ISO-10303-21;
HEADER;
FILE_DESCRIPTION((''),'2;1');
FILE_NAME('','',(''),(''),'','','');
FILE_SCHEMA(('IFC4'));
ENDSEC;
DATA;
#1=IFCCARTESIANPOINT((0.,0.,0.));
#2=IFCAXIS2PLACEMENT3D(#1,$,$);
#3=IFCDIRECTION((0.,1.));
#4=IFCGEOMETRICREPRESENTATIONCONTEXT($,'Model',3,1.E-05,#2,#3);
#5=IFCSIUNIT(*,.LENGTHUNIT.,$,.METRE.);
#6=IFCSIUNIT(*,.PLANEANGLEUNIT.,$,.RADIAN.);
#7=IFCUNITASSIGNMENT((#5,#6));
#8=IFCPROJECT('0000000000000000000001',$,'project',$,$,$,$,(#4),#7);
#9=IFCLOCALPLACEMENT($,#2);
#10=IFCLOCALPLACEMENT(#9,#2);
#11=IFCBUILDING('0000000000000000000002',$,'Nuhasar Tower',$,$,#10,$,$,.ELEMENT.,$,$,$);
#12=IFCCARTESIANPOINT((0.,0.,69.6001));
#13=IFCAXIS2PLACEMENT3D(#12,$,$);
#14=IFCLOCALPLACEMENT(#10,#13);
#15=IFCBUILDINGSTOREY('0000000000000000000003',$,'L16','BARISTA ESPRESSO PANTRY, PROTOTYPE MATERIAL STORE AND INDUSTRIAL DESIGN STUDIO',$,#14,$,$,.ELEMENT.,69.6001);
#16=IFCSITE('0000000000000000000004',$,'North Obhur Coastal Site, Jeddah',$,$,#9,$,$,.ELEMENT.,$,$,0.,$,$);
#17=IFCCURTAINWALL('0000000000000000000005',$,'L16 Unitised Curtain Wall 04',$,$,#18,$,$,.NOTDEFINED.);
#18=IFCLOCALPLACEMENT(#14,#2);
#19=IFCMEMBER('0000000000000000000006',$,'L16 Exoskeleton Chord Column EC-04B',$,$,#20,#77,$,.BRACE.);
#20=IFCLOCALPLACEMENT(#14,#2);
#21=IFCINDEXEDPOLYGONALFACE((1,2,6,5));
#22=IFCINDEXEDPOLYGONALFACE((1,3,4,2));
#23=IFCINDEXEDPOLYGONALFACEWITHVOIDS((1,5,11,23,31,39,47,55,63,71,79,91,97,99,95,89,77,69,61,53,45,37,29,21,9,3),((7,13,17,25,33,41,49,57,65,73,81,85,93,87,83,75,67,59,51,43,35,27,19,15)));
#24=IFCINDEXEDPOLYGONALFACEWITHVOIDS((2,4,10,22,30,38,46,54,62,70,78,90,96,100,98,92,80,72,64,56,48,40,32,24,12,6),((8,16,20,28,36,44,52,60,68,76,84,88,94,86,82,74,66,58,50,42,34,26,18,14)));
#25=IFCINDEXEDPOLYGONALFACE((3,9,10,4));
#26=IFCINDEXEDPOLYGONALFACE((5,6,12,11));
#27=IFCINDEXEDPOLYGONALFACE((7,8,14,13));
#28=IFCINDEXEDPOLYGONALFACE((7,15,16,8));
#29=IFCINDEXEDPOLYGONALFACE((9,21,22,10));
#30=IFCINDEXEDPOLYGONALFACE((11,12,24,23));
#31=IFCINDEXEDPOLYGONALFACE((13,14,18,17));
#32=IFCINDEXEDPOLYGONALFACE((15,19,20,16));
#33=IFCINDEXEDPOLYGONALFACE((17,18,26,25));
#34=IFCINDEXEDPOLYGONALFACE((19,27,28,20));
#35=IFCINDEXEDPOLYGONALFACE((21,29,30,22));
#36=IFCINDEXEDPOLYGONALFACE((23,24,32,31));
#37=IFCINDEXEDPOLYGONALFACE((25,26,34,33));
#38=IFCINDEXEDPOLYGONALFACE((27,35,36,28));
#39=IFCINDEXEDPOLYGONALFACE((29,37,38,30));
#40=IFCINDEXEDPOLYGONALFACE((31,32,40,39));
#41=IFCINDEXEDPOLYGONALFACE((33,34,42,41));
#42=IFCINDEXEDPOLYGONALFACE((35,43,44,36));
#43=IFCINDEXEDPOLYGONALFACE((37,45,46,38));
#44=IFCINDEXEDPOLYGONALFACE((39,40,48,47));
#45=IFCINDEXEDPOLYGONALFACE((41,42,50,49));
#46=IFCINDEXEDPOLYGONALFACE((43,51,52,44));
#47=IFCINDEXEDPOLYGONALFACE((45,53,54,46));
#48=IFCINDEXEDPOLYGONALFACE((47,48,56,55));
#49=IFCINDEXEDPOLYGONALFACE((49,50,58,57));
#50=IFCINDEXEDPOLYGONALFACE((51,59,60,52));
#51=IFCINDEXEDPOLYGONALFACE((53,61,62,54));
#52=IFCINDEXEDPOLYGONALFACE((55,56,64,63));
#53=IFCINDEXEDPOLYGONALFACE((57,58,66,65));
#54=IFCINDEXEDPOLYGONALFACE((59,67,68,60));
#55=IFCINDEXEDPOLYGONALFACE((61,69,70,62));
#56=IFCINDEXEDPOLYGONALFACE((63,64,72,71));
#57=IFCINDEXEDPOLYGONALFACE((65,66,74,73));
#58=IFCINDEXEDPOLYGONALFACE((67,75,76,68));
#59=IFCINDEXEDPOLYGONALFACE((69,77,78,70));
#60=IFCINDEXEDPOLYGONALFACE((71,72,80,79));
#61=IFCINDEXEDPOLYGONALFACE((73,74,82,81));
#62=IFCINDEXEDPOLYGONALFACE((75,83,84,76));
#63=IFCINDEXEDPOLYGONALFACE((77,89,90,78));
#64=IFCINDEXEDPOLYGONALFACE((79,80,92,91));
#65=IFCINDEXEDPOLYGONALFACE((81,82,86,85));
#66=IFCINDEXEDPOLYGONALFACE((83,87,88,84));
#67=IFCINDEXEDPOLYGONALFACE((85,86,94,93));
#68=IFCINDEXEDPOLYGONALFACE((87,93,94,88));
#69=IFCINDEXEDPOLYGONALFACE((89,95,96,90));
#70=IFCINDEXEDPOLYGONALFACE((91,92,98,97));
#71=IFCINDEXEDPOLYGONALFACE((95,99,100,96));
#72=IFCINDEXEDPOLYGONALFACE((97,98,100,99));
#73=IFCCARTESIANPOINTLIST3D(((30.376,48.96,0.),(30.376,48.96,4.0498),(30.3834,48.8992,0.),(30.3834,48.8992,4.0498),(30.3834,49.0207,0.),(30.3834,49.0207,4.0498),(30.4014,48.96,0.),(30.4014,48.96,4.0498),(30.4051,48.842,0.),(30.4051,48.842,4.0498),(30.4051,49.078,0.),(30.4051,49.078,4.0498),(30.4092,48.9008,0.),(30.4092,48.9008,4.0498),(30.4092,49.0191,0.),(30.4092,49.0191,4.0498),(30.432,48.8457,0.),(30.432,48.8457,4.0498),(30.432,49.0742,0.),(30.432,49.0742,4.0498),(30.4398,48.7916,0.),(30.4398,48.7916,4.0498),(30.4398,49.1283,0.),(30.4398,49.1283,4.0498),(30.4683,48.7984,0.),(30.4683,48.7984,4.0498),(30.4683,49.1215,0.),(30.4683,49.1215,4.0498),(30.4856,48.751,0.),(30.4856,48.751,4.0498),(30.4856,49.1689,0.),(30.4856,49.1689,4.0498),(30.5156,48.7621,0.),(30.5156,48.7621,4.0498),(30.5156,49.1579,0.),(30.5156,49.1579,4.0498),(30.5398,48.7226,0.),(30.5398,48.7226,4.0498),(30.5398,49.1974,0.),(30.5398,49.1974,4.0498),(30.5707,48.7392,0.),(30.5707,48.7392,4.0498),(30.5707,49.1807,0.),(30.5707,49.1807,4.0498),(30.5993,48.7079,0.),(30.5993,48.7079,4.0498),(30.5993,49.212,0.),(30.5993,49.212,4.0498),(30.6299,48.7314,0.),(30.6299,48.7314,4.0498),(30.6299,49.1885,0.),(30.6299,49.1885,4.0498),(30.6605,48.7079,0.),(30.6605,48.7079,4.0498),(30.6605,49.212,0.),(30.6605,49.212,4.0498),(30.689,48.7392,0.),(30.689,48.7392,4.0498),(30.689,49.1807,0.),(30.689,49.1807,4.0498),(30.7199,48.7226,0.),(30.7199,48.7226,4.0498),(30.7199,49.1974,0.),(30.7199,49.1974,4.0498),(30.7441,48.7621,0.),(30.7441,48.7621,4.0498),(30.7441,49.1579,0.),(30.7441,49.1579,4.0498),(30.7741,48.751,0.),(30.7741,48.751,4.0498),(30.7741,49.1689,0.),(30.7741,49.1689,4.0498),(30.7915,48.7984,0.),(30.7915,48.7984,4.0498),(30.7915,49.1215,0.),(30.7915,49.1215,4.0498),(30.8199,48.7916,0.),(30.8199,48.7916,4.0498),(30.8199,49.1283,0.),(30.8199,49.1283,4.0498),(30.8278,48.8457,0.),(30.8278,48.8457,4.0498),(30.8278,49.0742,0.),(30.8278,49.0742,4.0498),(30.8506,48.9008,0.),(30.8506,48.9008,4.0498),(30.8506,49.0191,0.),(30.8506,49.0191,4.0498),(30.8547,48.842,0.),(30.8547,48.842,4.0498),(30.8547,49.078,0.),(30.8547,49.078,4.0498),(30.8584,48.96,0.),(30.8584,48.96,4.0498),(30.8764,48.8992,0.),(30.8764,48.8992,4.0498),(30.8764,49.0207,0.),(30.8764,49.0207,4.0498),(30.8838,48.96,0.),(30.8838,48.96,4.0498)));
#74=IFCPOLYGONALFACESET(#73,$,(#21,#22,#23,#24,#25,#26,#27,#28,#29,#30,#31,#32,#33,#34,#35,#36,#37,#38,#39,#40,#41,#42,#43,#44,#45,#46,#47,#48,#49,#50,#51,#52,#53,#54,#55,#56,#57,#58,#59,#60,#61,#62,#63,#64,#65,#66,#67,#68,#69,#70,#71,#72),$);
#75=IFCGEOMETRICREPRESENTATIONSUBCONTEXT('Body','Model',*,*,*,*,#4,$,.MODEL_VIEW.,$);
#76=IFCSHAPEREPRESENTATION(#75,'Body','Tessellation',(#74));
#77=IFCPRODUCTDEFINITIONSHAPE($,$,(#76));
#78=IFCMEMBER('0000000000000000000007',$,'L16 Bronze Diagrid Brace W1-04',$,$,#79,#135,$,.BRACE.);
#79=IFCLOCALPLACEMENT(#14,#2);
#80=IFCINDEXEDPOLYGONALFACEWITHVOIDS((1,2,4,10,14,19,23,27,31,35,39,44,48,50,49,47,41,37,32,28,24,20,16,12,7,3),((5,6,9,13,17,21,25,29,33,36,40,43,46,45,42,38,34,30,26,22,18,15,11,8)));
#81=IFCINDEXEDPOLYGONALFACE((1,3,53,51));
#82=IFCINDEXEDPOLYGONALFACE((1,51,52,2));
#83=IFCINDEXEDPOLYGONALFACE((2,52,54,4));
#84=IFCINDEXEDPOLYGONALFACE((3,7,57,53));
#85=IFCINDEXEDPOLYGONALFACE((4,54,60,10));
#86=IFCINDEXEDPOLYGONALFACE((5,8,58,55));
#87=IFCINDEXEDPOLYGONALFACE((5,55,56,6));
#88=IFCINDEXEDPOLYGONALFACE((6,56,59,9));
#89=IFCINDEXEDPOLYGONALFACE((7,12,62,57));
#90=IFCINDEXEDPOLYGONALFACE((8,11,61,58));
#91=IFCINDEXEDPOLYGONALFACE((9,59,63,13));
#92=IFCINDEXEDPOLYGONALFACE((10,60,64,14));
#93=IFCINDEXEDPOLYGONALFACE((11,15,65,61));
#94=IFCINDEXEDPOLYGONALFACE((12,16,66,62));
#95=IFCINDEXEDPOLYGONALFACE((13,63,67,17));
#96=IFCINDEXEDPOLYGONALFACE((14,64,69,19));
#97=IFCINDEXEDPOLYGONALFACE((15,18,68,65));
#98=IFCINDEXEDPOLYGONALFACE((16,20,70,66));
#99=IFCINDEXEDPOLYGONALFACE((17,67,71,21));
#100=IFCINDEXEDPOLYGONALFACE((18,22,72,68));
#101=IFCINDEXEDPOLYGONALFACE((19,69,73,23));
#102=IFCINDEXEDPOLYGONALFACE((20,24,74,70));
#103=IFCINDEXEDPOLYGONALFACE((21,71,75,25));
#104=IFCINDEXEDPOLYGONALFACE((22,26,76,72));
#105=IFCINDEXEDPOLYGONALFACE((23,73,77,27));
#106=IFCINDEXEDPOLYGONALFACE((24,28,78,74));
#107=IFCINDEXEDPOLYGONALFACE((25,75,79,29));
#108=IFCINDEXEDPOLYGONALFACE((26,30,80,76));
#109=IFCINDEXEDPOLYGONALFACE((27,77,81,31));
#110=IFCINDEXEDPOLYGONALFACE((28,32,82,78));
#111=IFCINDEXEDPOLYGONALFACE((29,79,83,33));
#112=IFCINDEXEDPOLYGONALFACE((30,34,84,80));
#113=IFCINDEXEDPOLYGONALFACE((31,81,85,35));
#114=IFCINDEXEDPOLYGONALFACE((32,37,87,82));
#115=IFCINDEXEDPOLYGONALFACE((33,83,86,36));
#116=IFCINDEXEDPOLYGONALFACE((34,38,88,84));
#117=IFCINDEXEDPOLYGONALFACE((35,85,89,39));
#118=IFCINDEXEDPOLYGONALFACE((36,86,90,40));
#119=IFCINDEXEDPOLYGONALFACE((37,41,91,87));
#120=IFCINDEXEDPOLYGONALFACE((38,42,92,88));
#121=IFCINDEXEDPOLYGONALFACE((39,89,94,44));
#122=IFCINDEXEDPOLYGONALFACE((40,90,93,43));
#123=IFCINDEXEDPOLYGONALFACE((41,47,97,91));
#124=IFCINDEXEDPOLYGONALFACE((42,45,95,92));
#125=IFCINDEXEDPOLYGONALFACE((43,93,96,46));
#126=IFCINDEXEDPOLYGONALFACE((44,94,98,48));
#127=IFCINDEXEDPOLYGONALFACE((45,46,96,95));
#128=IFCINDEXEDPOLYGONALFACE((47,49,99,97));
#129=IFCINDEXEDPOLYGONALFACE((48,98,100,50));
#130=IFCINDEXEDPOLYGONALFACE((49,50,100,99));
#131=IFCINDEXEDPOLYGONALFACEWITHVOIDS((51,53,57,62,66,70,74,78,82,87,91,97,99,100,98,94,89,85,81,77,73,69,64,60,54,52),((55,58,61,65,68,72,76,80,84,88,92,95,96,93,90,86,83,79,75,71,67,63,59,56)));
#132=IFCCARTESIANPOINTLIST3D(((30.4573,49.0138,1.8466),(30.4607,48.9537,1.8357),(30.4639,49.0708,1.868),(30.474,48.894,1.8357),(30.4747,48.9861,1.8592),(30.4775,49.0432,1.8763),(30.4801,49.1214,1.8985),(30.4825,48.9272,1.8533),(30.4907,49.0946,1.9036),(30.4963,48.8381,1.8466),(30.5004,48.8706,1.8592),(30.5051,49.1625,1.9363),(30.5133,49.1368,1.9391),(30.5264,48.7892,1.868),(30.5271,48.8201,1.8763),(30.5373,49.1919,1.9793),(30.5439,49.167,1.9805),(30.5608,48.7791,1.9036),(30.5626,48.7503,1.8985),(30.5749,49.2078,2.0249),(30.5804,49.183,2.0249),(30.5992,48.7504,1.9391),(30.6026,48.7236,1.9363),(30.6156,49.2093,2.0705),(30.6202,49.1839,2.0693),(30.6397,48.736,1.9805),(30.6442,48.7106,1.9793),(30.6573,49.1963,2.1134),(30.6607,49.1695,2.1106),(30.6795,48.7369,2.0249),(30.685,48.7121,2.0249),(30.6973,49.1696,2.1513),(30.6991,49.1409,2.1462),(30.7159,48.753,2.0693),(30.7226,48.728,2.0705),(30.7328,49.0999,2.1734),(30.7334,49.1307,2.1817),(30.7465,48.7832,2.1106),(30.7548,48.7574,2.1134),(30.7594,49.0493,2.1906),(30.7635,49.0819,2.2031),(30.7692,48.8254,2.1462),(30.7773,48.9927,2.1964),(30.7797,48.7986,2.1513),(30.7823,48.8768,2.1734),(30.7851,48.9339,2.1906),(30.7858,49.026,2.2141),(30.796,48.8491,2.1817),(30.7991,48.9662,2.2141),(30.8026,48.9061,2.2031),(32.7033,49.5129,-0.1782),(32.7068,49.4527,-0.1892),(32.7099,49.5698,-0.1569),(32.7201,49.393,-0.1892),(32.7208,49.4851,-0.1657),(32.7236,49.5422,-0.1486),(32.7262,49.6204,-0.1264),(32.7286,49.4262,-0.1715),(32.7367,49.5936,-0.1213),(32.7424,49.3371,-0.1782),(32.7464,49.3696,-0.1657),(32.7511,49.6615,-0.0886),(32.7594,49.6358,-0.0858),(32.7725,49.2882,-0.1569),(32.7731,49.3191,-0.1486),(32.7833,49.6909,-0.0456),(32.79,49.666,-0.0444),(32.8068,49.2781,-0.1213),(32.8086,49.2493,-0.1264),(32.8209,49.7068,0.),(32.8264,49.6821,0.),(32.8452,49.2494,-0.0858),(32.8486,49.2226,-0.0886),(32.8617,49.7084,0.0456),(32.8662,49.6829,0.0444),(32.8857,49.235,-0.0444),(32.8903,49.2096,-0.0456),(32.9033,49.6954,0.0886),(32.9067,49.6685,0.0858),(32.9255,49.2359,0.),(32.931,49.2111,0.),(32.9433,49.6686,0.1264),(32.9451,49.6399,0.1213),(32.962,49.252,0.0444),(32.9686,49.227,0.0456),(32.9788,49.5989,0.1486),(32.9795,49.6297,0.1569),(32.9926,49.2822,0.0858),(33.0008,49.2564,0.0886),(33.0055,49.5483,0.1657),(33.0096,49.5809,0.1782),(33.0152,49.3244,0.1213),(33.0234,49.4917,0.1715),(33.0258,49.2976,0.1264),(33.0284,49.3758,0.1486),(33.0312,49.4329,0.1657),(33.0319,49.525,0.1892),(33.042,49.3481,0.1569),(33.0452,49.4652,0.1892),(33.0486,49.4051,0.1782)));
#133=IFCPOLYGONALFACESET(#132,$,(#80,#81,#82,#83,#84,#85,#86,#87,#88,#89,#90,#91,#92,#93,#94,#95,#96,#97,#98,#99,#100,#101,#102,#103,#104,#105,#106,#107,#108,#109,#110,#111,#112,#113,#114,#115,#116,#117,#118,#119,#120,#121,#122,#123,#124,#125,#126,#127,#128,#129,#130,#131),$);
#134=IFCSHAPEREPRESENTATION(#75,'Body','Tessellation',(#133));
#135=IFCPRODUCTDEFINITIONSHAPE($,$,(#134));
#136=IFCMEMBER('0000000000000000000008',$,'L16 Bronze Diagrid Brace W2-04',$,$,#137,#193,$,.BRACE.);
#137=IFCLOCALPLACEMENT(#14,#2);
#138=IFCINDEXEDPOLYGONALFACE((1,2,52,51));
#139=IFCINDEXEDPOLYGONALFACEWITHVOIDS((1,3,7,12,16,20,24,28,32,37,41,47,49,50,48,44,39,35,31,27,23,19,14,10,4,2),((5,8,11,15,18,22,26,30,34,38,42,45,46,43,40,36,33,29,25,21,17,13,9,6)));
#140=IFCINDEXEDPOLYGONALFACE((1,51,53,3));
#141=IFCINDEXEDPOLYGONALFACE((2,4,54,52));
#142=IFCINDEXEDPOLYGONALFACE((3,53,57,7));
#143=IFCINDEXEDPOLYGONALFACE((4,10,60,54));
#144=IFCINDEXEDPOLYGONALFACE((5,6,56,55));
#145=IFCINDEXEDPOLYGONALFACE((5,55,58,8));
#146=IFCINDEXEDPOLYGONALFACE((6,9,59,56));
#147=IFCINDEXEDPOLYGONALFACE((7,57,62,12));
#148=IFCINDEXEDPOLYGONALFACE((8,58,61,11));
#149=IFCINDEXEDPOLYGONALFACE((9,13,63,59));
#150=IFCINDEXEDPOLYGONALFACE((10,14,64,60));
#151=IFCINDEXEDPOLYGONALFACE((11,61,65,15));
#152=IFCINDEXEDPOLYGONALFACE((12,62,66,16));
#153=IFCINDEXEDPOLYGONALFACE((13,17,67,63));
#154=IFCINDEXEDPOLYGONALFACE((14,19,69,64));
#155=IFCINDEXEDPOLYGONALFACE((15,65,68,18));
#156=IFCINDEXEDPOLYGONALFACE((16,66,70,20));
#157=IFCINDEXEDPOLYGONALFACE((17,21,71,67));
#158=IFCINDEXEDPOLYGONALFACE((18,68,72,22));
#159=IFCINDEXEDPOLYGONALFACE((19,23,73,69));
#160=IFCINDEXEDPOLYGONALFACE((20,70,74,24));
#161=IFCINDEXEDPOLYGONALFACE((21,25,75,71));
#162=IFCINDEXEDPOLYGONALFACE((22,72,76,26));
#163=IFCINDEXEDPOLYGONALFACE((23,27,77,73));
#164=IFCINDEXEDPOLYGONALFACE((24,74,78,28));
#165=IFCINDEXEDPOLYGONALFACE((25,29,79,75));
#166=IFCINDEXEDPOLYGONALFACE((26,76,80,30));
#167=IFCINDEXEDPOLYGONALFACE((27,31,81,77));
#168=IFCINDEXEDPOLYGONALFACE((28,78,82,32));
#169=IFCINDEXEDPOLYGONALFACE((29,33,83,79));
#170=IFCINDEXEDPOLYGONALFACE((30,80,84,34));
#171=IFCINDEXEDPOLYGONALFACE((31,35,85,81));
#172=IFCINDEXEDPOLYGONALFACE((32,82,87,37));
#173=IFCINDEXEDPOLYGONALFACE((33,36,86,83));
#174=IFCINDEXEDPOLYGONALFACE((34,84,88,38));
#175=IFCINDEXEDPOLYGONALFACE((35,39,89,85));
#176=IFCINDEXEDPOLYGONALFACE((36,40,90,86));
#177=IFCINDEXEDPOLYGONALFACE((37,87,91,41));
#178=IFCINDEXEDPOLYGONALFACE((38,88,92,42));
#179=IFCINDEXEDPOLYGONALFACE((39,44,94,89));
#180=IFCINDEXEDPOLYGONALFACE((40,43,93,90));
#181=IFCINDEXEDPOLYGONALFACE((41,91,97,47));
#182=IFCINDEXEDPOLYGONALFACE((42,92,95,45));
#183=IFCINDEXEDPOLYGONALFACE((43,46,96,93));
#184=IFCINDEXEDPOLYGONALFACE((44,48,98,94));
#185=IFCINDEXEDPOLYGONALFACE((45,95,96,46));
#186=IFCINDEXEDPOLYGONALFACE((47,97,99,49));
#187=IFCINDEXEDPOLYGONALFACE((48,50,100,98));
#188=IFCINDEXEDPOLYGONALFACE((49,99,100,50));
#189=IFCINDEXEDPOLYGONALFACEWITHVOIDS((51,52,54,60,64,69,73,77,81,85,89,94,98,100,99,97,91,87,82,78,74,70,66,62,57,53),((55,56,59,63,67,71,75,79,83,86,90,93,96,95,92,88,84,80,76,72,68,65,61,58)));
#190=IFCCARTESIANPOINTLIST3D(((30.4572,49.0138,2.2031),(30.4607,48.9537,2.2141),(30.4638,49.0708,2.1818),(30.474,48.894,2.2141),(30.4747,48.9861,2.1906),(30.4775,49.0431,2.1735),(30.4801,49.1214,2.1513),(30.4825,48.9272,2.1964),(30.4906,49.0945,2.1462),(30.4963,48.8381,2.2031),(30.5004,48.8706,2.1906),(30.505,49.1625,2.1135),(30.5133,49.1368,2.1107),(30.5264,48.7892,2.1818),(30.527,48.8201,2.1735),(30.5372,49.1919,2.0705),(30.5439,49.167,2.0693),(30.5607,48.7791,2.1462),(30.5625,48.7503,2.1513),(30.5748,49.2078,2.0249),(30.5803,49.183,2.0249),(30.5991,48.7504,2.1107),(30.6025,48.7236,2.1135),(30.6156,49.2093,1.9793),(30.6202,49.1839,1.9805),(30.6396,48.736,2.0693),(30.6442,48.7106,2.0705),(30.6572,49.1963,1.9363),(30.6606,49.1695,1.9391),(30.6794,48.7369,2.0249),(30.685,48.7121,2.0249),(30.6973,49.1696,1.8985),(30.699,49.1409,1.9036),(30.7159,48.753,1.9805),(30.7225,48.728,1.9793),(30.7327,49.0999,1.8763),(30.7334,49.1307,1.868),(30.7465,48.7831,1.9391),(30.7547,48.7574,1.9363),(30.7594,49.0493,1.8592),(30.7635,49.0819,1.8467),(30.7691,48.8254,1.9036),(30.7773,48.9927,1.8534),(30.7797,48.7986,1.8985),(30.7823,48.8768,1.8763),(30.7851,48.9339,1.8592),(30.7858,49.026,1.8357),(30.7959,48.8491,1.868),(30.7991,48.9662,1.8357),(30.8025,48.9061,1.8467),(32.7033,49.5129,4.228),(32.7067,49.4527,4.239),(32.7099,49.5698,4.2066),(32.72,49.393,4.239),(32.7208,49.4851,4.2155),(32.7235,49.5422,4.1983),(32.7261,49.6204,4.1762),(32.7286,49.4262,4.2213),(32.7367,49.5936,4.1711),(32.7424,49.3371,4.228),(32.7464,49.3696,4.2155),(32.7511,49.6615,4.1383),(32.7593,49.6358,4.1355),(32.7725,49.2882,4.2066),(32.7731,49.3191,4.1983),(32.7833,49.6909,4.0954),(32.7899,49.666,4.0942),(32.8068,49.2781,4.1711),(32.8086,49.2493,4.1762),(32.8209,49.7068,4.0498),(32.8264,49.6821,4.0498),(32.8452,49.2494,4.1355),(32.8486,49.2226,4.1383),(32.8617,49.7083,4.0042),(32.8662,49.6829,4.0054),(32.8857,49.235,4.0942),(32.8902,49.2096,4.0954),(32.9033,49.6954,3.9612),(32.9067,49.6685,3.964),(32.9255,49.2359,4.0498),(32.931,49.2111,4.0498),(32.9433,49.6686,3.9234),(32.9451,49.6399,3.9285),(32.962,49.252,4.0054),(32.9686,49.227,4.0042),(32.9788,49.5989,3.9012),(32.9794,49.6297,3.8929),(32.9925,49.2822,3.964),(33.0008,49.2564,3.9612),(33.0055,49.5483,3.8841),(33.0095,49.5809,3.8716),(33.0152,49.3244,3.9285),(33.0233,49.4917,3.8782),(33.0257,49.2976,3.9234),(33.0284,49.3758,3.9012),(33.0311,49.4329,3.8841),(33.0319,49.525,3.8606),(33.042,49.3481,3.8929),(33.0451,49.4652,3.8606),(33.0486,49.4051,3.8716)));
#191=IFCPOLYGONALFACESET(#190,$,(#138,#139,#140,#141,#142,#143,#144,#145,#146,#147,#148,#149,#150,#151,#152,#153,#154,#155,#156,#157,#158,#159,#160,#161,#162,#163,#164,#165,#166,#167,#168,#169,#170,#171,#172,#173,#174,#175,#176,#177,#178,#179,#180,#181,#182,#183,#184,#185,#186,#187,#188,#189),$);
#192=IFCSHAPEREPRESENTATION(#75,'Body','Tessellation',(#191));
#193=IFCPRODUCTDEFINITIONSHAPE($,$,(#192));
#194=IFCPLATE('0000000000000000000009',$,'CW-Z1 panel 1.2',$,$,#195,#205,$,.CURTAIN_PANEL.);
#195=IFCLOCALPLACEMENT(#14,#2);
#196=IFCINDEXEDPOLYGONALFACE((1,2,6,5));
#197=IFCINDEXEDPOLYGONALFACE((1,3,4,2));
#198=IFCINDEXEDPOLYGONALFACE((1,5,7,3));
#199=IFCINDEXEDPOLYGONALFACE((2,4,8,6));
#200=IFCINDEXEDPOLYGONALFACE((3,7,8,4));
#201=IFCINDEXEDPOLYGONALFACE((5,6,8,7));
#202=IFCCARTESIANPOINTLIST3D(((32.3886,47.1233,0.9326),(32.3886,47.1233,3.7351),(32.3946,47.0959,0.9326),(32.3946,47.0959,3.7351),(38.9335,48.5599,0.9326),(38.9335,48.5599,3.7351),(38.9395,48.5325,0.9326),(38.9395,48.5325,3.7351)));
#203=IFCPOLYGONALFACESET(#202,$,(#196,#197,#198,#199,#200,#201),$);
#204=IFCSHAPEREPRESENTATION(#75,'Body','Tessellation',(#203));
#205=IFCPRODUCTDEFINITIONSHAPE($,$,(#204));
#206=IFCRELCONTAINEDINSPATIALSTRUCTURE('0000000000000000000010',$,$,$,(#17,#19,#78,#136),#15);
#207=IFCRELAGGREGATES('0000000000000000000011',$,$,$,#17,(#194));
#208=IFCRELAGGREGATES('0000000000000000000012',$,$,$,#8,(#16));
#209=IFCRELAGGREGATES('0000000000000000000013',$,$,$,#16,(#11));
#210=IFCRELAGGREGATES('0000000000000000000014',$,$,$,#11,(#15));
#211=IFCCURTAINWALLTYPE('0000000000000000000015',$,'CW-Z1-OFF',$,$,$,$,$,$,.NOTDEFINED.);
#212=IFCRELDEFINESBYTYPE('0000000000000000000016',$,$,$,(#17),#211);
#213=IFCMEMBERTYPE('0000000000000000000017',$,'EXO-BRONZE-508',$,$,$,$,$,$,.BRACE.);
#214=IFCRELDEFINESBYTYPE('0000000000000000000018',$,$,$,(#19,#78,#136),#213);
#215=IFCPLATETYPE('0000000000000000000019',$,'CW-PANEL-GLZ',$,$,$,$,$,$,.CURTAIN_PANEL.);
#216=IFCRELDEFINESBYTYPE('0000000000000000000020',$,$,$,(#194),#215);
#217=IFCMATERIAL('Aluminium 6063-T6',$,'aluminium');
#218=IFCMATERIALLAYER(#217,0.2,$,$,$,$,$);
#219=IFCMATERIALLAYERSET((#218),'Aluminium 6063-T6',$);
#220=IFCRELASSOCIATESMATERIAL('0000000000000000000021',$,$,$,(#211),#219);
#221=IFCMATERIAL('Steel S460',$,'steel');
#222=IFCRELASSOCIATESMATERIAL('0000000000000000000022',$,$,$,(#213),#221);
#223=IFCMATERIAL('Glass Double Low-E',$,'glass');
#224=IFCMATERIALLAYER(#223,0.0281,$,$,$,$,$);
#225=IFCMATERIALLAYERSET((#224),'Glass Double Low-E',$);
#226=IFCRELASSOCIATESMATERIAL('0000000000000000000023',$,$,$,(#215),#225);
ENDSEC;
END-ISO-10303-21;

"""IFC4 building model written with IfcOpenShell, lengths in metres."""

from ifc_helpers import new_model, si_unit, direction, frame, origin, origin_2d, place, context, subcontext, project, spatial, rectangle, hollow_circle, extrude, material, layer, layer_set, material_profile, profile_set, type_object, element, aggregate, save


model = new_model("IFC4")

# Units and contexts
model_context = context("Model", 3, precision=1e-05, world=origin(), true_north=direction((0.0, 1.0)))
body_context = subcontext(model_context, "Body", "Model", "MODEL_VIEW")
ifc_project = project(units=[si_unit("LENGTHUNIT", "METRE"), si_unit("PLANEANGLEUNIT", "RADIAN")], contexts=[model_context])

# Site, building, storey
site_placement = place(None, origin())
site = spatial("IfcSite", under=ifc_project, at=site_placement, Name="North Obhur Coastal Site, Jeddah", CompositionType="ELEMENT", RefElevation=0.0)
building_placement = place(site_placement, origin())
building = spatial("IfcBuilding", under=site, at=building_placement, Name="Nuhasar Tower", CompositionType="ELEMENT")
storey_placement = place(building_placement, frame((0.0, 0.0, 69.6001)))
storey = spatial("IfcBuildingStorey", under=building, at=storey_placement, Name="L16", Description="BARISTA ESPRESSO PANTRY, PROTOTYPE MATERIAL STORE AND INDUSTRIAL DESIGN STUDIO", CompositionType="ELEMENT", Elevation=69.6001)

# Curtain wall
ifc_material_1 = material(Name="Aluminium 6063-T6", Category="aluminium")
ifc_layer_1 = layer(ifc_material_1, 0.2)
ifc_layer_set_1 = layer_set([ifc_layer_1], Name="Aluminium 6063-T6")
curtain_wall_type = type_object("IfcCurtainWallType", Name="CW-Z1-OFF", PredefinedType="NOTDEFINED", material=ifc_layer_set_1)
curtain_wall_placement = place(storey_placement, origin())
curtain_wall = element("IfcCurtainWall", 1, at=curtain_wall_placement, inside=storey, type_object=curtain_wall_type, Name="L16 Unitised Curtain Wall 04", PredefinedType="NOTDEFINED")

# Members
ifc_material_2 = material(Name="Steel S460", Category="steel")
ifc_material_profile_1 = material_profile(ifc_material_2, hollow_circle(Radius=0.2539, WallThickness=0.0254, at=origin_2d()), Name="HSS508X25.4")
ifc_profile_set_1 = profile_set([ifc_material_profile_1], Name="Steel S460")
member_type_1 = type_object("IfcMemberType", Name="EXO-BRONZE-508", PredefinedType="BRACE", material=ifc_profile_set_1)
for number, where, z_axis, x_axis, name in (
    (2, (30.6299, 48.96, 0.0), (0.0, 0.0, 1.0), (1.0, 0.0, 0.0), "L16 Exoskeleton Chord Column EC-04B"),
):
    element("IfcMember", number, at=place(storey_placement, frame(where, z_axis=z_axis, x_axis=x_axis)), inside=storey, type_object=member_type_1, Name=name, PredefinedType="BRACE", context=body_context, shape_type="SweptSolid", body=[
        extrude(hollow_circle(Radius=0.2539, WallThickness=0.0254, at=origin_2d()), origin(), (0.0, 0.0, 1.0), 4.0498),
    ])
for number, where, z_axis, x_axis, name in (
    (3, (32.876, 49.459, 0.0), (-0.732821, -0.162814, 0.660654), (0.216886, -0.976197, 0.0), "L16 Bronze Diagrid Brace W1-04"),
    (4, (30.6299, 48.96, 2.0249), (0.732821, 0.162814, 0.660654), (-0.216886, 0.976197, 0.0), "L16 Bronze Diagrid Brace W2-04"),
):
    element("IfcMember", number, at=place(storey_placement, frame(where, z_axis=z_axis, x_axis=x_axis)), inside=storey, type_object=member_type_1, Name=name, PredefinedType="BRACE", context=body_context, shape_type="SweptSolid", body=[
        extrude(hollow_circle(Radius=0.2539, WallThickness=0.0254, at=origin_2d()), origin(), (0.0, 0.0, 1.0), 3.0649),
    ])

# Plate
ifc_material_3 = material(Name="Glass Double Low-E", Category="glass")
ifc_layer_2 = layer(ifc_material_3, 0.0281)
ifc_layer_set_2 = layer_set([ifc_layer_2], Name="Glass Double Low-E")
plate_type_1 = type_object("IfcPlateType", Name="CW-PANEL-GLZ", PredefinedType="CURTAIN_PANEL", material=ifc_layer_set_2)
plate_1_placement = place(storey_placement, frame((35.6641, 47.8279, 0.9326), z_axis=(0.0, 0.0, 1.0), x_axis=(-0.976746, -0.214399, 0.0)))
plate_1 = element("IfcPlate", 5, at=plate_1_placement, type_object=plate_type_1, Name="CW-Z1 panel 1.2", PredefinedType="CURTAIN_PANEL", context=body_context, shape_type="SweptSolid", body=[
    extrude(rectangle(XDim=6.7007, YDim=0.0281, at=origin_2d()), origin(), (0.0, 0.0, 1.0), 2.8025),
])
aggregate(curtain_wall, [plate_1])

save(model, "model.ifc")
